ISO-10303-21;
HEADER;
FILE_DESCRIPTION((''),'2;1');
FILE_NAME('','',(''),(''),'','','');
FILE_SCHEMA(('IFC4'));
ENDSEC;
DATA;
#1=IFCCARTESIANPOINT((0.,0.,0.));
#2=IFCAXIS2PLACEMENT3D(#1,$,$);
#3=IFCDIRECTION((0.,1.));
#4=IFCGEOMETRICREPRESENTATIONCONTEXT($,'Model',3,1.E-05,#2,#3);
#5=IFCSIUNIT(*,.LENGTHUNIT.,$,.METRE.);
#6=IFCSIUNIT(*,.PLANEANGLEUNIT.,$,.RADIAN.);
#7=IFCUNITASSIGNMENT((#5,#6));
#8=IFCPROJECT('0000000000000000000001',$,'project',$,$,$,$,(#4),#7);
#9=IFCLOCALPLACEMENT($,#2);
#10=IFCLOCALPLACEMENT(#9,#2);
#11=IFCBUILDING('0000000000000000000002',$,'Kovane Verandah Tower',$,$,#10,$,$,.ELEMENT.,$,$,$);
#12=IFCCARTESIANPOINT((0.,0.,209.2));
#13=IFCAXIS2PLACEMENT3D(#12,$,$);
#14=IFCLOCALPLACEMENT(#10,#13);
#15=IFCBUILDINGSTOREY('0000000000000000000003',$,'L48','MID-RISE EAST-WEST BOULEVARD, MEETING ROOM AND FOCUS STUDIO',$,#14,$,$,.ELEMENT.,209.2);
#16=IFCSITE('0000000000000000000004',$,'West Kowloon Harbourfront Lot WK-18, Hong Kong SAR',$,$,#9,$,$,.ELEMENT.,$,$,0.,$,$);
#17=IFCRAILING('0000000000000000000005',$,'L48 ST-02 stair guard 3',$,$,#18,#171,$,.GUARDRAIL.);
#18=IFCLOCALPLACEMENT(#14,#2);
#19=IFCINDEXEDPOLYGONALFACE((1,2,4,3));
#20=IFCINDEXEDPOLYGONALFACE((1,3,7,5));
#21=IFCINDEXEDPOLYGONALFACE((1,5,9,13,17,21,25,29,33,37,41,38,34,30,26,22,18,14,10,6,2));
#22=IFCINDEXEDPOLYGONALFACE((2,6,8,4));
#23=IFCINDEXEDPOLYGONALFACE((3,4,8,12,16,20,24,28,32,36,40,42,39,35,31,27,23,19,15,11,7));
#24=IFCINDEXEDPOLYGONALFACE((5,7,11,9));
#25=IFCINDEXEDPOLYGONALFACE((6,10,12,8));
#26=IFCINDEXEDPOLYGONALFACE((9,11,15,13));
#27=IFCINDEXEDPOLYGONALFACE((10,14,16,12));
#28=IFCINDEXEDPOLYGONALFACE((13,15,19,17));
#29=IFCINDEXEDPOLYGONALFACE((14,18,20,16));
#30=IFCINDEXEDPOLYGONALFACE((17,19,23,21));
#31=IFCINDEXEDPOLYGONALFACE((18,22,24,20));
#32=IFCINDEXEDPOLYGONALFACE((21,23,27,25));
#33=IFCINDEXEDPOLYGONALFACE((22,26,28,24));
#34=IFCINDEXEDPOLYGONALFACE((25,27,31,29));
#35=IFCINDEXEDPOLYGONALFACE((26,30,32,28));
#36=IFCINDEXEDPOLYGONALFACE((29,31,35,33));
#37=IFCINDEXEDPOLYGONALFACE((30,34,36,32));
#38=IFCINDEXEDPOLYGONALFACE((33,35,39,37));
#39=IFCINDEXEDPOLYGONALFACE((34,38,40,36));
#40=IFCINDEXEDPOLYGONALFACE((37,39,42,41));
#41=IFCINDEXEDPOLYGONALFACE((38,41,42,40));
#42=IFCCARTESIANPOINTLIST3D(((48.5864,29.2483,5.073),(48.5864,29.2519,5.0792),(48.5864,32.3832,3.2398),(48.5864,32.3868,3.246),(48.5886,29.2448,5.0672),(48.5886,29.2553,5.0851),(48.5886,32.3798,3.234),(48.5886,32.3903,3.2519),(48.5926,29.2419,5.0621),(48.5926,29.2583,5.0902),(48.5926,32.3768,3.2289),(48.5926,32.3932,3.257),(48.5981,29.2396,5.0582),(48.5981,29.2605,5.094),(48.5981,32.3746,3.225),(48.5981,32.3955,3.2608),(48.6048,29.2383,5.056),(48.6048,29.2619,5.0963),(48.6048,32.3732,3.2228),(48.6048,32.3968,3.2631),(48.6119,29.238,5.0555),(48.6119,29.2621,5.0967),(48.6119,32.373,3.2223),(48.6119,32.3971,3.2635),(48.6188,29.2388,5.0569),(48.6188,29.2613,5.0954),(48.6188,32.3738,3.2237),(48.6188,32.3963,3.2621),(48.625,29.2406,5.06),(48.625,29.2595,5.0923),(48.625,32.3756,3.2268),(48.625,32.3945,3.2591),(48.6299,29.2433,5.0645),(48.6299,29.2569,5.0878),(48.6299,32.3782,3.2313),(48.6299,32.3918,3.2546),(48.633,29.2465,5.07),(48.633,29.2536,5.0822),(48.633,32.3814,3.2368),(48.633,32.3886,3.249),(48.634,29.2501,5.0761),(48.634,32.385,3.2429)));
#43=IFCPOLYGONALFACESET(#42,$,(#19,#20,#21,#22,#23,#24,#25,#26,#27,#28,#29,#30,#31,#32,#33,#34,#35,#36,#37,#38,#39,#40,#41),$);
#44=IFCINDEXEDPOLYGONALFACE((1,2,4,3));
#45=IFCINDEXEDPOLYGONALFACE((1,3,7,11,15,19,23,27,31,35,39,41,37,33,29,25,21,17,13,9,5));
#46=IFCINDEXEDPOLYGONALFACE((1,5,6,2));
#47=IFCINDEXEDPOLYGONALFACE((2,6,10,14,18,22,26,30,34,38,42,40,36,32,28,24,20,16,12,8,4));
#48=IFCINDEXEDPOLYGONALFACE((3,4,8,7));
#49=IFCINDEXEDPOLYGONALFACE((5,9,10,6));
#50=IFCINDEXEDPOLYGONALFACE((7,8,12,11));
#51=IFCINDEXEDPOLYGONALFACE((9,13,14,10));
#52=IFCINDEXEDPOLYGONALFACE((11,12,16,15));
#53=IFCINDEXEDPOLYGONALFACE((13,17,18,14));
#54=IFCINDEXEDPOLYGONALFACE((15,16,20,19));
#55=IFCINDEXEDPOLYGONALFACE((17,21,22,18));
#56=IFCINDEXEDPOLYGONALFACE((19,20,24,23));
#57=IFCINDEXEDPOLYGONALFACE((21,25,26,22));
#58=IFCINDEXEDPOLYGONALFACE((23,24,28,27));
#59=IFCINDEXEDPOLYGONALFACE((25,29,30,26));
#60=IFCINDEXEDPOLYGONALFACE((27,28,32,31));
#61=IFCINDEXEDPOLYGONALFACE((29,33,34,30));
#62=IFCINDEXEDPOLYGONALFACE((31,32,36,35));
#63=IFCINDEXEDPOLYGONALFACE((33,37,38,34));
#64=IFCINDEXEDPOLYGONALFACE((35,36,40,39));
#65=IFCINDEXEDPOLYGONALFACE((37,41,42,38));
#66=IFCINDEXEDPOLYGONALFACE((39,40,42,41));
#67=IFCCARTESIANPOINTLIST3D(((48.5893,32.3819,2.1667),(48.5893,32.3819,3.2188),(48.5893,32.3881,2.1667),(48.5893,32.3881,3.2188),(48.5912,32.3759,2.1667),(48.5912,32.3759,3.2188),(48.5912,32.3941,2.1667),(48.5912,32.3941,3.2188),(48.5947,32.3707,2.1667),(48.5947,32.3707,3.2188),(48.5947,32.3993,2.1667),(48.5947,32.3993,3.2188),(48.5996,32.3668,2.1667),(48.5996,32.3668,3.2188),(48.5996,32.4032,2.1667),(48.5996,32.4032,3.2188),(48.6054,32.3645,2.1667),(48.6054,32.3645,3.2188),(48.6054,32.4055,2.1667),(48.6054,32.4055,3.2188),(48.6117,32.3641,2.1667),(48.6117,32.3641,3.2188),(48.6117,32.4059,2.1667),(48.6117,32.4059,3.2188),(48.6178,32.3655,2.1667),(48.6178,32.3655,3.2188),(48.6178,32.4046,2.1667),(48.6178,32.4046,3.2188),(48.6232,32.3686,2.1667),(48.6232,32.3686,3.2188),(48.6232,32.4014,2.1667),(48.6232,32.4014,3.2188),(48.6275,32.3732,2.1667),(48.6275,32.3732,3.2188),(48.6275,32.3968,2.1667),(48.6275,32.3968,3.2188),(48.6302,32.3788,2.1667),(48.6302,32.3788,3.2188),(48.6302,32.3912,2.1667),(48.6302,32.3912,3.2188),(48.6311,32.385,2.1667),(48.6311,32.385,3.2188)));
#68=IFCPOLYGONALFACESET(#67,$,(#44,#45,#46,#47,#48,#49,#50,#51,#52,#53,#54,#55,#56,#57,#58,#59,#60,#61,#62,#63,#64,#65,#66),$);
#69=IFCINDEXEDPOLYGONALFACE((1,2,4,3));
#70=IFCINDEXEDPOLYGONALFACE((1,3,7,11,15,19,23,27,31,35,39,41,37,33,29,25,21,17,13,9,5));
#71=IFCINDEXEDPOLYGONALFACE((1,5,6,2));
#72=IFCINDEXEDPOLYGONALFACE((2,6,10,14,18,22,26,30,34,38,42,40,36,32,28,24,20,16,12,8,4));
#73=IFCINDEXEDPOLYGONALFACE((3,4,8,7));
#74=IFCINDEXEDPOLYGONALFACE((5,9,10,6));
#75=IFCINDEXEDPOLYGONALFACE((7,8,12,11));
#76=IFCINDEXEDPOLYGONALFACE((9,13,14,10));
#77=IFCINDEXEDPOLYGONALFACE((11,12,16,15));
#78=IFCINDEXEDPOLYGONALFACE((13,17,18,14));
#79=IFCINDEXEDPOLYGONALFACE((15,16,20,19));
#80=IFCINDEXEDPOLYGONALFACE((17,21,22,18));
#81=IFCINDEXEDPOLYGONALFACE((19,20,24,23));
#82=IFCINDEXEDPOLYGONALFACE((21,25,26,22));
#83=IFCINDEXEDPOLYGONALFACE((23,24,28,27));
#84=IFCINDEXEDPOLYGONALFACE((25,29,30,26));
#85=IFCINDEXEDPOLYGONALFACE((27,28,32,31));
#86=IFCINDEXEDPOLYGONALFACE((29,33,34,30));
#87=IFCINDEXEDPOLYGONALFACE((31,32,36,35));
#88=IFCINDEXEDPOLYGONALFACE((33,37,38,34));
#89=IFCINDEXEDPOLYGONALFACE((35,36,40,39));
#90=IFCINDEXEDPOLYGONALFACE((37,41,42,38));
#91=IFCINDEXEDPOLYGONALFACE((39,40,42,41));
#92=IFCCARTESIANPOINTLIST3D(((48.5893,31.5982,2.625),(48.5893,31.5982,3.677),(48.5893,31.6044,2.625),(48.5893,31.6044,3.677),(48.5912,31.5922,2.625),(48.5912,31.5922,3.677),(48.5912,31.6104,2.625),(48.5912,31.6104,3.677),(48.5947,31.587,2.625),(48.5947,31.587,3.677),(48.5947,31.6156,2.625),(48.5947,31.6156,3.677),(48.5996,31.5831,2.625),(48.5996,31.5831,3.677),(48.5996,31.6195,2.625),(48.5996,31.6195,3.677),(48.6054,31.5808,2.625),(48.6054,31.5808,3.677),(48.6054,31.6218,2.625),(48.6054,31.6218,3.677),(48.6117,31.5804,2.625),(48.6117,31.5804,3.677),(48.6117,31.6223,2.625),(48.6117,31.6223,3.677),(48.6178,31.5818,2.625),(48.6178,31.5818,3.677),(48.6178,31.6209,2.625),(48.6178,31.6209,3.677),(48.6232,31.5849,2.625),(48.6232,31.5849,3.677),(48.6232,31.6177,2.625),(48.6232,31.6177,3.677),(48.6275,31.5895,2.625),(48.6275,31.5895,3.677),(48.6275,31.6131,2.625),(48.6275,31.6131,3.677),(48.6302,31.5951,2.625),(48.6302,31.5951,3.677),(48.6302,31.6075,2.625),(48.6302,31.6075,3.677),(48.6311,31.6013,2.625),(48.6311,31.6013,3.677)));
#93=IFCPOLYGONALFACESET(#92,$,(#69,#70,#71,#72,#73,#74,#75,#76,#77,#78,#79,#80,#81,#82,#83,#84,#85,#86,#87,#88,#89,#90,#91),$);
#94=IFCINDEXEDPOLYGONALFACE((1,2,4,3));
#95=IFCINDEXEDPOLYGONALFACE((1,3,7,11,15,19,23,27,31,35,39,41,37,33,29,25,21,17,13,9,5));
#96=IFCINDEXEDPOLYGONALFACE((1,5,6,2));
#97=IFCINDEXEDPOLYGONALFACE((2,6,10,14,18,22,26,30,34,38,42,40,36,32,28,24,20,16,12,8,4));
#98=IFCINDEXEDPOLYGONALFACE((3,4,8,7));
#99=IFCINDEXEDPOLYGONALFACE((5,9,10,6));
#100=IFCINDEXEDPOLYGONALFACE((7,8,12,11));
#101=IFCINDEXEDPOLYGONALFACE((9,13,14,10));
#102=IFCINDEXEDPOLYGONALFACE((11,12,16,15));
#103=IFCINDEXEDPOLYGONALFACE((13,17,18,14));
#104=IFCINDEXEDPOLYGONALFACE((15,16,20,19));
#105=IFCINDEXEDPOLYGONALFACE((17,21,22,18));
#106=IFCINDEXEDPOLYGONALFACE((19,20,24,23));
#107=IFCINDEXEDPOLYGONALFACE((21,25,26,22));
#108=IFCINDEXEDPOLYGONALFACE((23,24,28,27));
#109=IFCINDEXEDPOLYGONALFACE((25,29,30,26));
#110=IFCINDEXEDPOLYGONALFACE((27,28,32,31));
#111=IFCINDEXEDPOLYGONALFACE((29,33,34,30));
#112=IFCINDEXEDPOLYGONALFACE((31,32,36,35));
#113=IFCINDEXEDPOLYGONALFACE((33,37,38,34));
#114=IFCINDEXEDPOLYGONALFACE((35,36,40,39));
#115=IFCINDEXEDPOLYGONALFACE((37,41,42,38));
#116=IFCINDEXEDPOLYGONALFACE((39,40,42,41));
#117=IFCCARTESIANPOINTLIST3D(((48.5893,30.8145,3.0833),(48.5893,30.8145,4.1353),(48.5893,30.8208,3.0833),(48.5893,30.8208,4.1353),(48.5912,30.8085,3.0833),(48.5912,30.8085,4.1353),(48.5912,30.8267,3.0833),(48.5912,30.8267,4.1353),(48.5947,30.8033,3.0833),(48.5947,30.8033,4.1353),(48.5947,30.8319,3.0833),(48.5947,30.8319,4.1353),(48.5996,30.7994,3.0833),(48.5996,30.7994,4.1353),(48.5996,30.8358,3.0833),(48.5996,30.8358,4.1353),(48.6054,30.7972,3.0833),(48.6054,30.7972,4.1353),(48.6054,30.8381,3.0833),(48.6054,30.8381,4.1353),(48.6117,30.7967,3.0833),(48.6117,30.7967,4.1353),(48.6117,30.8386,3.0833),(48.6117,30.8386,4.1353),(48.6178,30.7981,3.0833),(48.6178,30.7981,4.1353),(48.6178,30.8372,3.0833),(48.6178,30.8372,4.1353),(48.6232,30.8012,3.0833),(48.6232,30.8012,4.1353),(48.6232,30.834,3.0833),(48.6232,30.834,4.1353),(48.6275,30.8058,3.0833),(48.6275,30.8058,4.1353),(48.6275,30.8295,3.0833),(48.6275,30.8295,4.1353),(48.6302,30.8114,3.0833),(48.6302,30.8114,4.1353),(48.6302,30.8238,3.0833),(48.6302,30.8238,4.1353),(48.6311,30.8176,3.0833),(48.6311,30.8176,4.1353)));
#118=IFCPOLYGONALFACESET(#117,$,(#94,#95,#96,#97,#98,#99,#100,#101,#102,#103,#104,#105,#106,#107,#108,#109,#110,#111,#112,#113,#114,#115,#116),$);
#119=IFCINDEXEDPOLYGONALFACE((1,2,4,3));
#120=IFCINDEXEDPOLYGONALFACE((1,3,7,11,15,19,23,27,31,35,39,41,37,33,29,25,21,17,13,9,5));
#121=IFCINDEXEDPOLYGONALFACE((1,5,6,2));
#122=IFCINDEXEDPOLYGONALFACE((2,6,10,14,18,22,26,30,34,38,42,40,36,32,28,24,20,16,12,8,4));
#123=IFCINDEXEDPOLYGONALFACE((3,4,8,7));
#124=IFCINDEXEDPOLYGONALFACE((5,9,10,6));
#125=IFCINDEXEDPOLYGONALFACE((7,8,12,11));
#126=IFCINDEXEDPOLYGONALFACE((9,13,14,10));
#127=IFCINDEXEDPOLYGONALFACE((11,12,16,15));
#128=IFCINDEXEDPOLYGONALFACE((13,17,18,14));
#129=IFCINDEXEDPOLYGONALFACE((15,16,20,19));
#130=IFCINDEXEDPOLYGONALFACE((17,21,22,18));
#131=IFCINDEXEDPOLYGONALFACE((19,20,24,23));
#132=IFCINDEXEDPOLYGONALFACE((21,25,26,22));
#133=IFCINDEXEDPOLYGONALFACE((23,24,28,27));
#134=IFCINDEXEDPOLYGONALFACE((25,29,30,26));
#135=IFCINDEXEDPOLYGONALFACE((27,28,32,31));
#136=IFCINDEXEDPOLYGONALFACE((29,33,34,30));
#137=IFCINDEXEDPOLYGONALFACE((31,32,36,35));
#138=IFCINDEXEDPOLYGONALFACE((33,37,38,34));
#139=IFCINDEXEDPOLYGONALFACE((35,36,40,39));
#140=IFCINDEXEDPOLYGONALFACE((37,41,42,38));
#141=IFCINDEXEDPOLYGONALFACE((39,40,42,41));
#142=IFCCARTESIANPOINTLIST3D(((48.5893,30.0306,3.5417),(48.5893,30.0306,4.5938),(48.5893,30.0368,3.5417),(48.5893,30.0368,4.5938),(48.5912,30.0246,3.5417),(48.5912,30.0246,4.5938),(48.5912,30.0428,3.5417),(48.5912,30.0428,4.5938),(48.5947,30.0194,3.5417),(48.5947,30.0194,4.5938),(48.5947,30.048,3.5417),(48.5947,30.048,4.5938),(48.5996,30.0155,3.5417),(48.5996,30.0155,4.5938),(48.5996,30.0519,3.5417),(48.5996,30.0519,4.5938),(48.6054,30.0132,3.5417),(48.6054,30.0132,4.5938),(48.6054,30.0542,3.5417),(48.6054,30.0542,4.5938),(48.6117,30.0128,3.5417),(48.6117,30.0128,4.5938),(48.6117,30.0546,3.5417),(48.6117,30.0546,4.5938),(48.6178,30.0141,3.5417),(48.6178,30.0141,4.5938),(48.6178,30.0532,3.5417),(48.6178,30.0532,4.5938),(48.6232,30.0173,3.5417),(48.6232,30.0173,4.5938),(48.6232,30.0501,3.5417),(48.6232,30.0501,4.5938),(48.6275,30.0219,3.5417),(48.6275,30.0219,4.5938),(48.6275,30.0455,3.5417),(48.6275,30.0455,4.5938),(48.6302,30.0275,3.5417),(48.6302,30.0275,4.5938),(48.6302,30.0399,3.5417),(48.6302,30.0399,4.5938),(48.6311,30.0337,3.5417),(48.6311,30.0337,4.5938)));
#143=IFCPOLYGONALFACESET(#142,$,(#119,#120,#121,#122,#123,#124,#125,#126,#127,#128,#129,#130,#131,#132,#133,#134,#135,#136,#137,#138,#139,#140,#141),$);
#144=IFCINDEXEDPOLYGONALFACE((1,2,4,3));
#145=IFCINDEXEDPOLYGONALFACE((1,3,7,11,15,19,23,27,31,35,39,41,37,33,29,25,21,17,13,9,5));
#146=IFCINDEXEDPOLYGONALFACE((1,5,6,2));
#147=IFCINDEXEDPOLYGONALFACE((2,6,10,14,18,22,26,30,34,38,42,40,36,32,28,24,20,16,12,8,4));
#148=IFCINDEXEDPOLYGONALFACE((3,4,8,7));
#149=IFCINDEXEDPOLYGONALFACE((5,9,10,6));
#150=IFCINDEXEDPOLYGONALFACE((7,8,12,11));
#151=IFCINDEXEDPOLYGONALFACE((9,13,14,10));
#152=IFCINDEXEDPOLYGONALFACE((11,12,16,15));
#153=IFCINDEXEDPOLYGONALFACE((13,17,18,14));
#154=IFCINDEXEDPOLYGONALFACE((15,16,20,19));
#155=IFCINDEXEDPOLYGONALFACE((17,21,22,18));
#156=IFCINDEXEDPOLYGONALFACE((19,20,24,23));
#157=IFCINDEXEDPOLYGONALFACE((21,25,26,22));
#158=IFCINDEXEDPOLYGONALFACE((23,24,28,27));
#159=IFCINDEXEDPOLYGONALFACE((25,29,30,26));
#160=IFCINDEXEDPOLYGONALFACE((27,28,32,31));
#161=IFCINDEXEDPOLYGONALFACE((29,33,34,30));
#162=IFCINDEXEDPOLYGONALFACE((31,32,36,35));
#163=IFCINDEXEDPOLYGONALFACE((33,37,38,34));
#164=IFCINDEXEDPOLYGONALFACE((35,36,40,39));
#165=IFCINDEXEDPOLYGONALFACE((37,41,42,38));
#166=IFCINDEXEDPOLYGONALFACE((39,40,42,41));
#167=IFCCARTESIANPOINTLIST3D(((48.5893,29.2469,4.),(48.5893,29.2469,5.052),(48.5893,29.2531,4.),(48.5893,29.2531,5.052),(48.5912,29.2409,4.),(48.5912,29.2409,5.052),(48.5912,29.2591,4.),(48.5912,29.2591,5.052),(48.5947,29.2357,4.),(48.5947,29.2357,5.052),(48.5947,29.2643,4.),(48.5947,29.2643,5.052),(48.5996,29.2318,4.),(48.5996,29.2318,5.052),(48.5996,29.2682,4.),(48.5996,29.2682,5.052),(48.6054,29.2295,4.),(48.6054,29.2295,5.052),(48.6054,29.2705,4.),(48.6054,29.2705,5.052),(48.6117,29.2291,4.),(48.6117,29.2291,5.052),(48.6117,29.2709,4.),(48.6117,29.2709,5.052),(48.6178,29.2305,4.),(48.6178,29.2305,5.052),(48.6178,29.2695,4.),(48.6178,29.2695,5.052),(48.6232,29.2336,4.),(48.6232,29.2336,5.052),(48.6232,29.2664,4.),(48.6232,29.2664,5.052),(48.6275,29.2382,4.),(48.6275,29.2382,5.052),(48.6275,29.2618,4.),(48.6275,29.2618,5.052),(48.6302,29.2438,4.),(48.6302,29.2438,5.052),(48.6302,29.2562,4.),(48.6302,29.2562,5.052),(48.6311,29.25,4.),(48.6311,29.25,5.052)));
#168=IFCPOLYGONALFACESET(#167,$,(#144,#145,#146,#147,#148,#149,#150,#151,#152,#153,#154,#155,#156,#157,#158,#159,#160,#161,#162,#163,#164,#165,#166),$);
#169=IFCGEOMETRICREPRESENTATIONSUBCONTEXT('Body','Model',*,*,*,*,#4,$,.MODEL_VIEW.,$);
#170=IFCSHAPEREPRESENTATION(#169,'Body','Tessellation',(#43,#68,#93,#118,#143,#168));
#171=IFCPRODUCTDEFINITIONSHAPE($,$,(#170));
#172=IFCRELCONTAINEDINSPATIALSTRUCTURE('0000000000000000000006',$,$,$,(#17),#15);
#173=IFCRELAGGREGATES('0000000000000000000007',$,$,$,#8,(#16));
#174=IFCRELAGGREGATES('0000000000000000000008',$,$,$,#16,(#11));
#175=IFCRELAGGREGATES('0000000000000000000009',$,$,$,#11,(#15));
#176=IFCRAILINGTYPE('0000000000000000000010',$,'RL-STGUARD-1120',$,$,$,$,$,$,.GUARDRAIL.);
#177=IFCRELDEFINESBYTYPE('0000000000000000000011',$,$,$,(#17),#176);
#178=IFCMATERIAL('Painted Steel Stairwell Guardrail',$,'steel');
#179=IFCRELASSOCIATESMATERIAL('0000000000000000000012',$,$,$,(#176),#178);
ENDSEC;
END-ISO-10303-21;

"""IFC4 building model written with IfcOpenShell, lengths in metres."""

from ifc_helpers import new_model, si_unit, direction, frame, origin, origin_2d, place, context, subcontext, project, spatial, circle, extrude, material, type_object, element, save


model = new_model("IFC4")

# Units and contexts
model_context = context("Model", 3, precision=1e-05, world=origin(), true_north=direction((0.0, 1.0)))
body_context = subcontext(model_context, "Body", "Model", "MODEL_VIEW")
ifc_project = project(units=[si_unit("LENGTHUNIT", "METRE"), si_unit("PLANEANGLEUNIT", "RADIAN")], contexts=[model_context])

# Site, building, storey
site_placement = place(None, origin())
site = spatial("IfcSite", under=ifc_project, at=site_placement, Name="West Kowloon Harbourfront Lot WK-18, Hong Kong SAR", CompositionType="ELEMENT", RefElevation=0.0)
building_placement = place(site_placement, origin())
building = spatial("IfcBuilding", under=site, at=building_placement, Name="Kovane Verandah Tower", CompositionType="ELEMENT")
storey_placement = place(building_placement, frame((0.0, 0.0, 209.2)))
storey = spatial("IfcBuildingStorey", under=building, at=storey_placement, Name="L48", Description="MID-RISE EAST-WEST BOULEVARD, MEETING ROOM AND FOCUS STUDIO", CompositionType="ELEMENT", Elevation=209.2)

# Railing
ifc_material_1 = material(Name="Painted Steel Stairwell Guardrail", Category="steel")
railing_type_1 = type_object("IfcRailingType", Name="RL-STGUARD-1120", PredefinedType="GUARDRAIL", material=ifc_material_1)
railing_1_placement = place(storey_placement, frame((48.6101, 32.385, 2.1667)))
element("IfcRailing", 1, at=railing_1_placement, inside=storey, type_object=railing_type_1, Name="L48 ST-02 stair guard 3", PredefinedType="GUARDRAIL", context=body_context, shape_type="SweptSolid", body=[
    extrude(circle(Radius=0.0239, at=origin_2d()), frame((0.0, 0.0, 1.0762), z_axis=(0.0, -0.86324, 0.504794), x_axis=(1.0, 0.0, 0.0)), (0.0, 0.0, 1.0), 3.6316),
    extrude(circle(Radius=0.021, at=origin_2d()), origin(), (0.0, 0.0, 1.0), 1.052),
    extrude(circle(Radius=0.021, at=origin_2d()), frame((0.0, -0.7837, 0.4583)), (0.0, 0.0, 1.0), 1.052),
    extrude(circle(Radius=0.021, at=origin_2d()), frame((0.0, -1.5674, 0.9165)), (0.0, 0.0, 1.0), 1.052),
    extrude(circle(Radius=0.021, at=origin_2d()), frame((0.0, -2.3513, 1.375)), (0.0, 0.0, 1.0), 1.052),
    extrude(circle(Radius=0.021, at=origin_2d()), frame((0.0, -3.135, 1.8333)), (0.0, 0.0, 1.0), 1.052),
])

save(model, "model.ifc")
